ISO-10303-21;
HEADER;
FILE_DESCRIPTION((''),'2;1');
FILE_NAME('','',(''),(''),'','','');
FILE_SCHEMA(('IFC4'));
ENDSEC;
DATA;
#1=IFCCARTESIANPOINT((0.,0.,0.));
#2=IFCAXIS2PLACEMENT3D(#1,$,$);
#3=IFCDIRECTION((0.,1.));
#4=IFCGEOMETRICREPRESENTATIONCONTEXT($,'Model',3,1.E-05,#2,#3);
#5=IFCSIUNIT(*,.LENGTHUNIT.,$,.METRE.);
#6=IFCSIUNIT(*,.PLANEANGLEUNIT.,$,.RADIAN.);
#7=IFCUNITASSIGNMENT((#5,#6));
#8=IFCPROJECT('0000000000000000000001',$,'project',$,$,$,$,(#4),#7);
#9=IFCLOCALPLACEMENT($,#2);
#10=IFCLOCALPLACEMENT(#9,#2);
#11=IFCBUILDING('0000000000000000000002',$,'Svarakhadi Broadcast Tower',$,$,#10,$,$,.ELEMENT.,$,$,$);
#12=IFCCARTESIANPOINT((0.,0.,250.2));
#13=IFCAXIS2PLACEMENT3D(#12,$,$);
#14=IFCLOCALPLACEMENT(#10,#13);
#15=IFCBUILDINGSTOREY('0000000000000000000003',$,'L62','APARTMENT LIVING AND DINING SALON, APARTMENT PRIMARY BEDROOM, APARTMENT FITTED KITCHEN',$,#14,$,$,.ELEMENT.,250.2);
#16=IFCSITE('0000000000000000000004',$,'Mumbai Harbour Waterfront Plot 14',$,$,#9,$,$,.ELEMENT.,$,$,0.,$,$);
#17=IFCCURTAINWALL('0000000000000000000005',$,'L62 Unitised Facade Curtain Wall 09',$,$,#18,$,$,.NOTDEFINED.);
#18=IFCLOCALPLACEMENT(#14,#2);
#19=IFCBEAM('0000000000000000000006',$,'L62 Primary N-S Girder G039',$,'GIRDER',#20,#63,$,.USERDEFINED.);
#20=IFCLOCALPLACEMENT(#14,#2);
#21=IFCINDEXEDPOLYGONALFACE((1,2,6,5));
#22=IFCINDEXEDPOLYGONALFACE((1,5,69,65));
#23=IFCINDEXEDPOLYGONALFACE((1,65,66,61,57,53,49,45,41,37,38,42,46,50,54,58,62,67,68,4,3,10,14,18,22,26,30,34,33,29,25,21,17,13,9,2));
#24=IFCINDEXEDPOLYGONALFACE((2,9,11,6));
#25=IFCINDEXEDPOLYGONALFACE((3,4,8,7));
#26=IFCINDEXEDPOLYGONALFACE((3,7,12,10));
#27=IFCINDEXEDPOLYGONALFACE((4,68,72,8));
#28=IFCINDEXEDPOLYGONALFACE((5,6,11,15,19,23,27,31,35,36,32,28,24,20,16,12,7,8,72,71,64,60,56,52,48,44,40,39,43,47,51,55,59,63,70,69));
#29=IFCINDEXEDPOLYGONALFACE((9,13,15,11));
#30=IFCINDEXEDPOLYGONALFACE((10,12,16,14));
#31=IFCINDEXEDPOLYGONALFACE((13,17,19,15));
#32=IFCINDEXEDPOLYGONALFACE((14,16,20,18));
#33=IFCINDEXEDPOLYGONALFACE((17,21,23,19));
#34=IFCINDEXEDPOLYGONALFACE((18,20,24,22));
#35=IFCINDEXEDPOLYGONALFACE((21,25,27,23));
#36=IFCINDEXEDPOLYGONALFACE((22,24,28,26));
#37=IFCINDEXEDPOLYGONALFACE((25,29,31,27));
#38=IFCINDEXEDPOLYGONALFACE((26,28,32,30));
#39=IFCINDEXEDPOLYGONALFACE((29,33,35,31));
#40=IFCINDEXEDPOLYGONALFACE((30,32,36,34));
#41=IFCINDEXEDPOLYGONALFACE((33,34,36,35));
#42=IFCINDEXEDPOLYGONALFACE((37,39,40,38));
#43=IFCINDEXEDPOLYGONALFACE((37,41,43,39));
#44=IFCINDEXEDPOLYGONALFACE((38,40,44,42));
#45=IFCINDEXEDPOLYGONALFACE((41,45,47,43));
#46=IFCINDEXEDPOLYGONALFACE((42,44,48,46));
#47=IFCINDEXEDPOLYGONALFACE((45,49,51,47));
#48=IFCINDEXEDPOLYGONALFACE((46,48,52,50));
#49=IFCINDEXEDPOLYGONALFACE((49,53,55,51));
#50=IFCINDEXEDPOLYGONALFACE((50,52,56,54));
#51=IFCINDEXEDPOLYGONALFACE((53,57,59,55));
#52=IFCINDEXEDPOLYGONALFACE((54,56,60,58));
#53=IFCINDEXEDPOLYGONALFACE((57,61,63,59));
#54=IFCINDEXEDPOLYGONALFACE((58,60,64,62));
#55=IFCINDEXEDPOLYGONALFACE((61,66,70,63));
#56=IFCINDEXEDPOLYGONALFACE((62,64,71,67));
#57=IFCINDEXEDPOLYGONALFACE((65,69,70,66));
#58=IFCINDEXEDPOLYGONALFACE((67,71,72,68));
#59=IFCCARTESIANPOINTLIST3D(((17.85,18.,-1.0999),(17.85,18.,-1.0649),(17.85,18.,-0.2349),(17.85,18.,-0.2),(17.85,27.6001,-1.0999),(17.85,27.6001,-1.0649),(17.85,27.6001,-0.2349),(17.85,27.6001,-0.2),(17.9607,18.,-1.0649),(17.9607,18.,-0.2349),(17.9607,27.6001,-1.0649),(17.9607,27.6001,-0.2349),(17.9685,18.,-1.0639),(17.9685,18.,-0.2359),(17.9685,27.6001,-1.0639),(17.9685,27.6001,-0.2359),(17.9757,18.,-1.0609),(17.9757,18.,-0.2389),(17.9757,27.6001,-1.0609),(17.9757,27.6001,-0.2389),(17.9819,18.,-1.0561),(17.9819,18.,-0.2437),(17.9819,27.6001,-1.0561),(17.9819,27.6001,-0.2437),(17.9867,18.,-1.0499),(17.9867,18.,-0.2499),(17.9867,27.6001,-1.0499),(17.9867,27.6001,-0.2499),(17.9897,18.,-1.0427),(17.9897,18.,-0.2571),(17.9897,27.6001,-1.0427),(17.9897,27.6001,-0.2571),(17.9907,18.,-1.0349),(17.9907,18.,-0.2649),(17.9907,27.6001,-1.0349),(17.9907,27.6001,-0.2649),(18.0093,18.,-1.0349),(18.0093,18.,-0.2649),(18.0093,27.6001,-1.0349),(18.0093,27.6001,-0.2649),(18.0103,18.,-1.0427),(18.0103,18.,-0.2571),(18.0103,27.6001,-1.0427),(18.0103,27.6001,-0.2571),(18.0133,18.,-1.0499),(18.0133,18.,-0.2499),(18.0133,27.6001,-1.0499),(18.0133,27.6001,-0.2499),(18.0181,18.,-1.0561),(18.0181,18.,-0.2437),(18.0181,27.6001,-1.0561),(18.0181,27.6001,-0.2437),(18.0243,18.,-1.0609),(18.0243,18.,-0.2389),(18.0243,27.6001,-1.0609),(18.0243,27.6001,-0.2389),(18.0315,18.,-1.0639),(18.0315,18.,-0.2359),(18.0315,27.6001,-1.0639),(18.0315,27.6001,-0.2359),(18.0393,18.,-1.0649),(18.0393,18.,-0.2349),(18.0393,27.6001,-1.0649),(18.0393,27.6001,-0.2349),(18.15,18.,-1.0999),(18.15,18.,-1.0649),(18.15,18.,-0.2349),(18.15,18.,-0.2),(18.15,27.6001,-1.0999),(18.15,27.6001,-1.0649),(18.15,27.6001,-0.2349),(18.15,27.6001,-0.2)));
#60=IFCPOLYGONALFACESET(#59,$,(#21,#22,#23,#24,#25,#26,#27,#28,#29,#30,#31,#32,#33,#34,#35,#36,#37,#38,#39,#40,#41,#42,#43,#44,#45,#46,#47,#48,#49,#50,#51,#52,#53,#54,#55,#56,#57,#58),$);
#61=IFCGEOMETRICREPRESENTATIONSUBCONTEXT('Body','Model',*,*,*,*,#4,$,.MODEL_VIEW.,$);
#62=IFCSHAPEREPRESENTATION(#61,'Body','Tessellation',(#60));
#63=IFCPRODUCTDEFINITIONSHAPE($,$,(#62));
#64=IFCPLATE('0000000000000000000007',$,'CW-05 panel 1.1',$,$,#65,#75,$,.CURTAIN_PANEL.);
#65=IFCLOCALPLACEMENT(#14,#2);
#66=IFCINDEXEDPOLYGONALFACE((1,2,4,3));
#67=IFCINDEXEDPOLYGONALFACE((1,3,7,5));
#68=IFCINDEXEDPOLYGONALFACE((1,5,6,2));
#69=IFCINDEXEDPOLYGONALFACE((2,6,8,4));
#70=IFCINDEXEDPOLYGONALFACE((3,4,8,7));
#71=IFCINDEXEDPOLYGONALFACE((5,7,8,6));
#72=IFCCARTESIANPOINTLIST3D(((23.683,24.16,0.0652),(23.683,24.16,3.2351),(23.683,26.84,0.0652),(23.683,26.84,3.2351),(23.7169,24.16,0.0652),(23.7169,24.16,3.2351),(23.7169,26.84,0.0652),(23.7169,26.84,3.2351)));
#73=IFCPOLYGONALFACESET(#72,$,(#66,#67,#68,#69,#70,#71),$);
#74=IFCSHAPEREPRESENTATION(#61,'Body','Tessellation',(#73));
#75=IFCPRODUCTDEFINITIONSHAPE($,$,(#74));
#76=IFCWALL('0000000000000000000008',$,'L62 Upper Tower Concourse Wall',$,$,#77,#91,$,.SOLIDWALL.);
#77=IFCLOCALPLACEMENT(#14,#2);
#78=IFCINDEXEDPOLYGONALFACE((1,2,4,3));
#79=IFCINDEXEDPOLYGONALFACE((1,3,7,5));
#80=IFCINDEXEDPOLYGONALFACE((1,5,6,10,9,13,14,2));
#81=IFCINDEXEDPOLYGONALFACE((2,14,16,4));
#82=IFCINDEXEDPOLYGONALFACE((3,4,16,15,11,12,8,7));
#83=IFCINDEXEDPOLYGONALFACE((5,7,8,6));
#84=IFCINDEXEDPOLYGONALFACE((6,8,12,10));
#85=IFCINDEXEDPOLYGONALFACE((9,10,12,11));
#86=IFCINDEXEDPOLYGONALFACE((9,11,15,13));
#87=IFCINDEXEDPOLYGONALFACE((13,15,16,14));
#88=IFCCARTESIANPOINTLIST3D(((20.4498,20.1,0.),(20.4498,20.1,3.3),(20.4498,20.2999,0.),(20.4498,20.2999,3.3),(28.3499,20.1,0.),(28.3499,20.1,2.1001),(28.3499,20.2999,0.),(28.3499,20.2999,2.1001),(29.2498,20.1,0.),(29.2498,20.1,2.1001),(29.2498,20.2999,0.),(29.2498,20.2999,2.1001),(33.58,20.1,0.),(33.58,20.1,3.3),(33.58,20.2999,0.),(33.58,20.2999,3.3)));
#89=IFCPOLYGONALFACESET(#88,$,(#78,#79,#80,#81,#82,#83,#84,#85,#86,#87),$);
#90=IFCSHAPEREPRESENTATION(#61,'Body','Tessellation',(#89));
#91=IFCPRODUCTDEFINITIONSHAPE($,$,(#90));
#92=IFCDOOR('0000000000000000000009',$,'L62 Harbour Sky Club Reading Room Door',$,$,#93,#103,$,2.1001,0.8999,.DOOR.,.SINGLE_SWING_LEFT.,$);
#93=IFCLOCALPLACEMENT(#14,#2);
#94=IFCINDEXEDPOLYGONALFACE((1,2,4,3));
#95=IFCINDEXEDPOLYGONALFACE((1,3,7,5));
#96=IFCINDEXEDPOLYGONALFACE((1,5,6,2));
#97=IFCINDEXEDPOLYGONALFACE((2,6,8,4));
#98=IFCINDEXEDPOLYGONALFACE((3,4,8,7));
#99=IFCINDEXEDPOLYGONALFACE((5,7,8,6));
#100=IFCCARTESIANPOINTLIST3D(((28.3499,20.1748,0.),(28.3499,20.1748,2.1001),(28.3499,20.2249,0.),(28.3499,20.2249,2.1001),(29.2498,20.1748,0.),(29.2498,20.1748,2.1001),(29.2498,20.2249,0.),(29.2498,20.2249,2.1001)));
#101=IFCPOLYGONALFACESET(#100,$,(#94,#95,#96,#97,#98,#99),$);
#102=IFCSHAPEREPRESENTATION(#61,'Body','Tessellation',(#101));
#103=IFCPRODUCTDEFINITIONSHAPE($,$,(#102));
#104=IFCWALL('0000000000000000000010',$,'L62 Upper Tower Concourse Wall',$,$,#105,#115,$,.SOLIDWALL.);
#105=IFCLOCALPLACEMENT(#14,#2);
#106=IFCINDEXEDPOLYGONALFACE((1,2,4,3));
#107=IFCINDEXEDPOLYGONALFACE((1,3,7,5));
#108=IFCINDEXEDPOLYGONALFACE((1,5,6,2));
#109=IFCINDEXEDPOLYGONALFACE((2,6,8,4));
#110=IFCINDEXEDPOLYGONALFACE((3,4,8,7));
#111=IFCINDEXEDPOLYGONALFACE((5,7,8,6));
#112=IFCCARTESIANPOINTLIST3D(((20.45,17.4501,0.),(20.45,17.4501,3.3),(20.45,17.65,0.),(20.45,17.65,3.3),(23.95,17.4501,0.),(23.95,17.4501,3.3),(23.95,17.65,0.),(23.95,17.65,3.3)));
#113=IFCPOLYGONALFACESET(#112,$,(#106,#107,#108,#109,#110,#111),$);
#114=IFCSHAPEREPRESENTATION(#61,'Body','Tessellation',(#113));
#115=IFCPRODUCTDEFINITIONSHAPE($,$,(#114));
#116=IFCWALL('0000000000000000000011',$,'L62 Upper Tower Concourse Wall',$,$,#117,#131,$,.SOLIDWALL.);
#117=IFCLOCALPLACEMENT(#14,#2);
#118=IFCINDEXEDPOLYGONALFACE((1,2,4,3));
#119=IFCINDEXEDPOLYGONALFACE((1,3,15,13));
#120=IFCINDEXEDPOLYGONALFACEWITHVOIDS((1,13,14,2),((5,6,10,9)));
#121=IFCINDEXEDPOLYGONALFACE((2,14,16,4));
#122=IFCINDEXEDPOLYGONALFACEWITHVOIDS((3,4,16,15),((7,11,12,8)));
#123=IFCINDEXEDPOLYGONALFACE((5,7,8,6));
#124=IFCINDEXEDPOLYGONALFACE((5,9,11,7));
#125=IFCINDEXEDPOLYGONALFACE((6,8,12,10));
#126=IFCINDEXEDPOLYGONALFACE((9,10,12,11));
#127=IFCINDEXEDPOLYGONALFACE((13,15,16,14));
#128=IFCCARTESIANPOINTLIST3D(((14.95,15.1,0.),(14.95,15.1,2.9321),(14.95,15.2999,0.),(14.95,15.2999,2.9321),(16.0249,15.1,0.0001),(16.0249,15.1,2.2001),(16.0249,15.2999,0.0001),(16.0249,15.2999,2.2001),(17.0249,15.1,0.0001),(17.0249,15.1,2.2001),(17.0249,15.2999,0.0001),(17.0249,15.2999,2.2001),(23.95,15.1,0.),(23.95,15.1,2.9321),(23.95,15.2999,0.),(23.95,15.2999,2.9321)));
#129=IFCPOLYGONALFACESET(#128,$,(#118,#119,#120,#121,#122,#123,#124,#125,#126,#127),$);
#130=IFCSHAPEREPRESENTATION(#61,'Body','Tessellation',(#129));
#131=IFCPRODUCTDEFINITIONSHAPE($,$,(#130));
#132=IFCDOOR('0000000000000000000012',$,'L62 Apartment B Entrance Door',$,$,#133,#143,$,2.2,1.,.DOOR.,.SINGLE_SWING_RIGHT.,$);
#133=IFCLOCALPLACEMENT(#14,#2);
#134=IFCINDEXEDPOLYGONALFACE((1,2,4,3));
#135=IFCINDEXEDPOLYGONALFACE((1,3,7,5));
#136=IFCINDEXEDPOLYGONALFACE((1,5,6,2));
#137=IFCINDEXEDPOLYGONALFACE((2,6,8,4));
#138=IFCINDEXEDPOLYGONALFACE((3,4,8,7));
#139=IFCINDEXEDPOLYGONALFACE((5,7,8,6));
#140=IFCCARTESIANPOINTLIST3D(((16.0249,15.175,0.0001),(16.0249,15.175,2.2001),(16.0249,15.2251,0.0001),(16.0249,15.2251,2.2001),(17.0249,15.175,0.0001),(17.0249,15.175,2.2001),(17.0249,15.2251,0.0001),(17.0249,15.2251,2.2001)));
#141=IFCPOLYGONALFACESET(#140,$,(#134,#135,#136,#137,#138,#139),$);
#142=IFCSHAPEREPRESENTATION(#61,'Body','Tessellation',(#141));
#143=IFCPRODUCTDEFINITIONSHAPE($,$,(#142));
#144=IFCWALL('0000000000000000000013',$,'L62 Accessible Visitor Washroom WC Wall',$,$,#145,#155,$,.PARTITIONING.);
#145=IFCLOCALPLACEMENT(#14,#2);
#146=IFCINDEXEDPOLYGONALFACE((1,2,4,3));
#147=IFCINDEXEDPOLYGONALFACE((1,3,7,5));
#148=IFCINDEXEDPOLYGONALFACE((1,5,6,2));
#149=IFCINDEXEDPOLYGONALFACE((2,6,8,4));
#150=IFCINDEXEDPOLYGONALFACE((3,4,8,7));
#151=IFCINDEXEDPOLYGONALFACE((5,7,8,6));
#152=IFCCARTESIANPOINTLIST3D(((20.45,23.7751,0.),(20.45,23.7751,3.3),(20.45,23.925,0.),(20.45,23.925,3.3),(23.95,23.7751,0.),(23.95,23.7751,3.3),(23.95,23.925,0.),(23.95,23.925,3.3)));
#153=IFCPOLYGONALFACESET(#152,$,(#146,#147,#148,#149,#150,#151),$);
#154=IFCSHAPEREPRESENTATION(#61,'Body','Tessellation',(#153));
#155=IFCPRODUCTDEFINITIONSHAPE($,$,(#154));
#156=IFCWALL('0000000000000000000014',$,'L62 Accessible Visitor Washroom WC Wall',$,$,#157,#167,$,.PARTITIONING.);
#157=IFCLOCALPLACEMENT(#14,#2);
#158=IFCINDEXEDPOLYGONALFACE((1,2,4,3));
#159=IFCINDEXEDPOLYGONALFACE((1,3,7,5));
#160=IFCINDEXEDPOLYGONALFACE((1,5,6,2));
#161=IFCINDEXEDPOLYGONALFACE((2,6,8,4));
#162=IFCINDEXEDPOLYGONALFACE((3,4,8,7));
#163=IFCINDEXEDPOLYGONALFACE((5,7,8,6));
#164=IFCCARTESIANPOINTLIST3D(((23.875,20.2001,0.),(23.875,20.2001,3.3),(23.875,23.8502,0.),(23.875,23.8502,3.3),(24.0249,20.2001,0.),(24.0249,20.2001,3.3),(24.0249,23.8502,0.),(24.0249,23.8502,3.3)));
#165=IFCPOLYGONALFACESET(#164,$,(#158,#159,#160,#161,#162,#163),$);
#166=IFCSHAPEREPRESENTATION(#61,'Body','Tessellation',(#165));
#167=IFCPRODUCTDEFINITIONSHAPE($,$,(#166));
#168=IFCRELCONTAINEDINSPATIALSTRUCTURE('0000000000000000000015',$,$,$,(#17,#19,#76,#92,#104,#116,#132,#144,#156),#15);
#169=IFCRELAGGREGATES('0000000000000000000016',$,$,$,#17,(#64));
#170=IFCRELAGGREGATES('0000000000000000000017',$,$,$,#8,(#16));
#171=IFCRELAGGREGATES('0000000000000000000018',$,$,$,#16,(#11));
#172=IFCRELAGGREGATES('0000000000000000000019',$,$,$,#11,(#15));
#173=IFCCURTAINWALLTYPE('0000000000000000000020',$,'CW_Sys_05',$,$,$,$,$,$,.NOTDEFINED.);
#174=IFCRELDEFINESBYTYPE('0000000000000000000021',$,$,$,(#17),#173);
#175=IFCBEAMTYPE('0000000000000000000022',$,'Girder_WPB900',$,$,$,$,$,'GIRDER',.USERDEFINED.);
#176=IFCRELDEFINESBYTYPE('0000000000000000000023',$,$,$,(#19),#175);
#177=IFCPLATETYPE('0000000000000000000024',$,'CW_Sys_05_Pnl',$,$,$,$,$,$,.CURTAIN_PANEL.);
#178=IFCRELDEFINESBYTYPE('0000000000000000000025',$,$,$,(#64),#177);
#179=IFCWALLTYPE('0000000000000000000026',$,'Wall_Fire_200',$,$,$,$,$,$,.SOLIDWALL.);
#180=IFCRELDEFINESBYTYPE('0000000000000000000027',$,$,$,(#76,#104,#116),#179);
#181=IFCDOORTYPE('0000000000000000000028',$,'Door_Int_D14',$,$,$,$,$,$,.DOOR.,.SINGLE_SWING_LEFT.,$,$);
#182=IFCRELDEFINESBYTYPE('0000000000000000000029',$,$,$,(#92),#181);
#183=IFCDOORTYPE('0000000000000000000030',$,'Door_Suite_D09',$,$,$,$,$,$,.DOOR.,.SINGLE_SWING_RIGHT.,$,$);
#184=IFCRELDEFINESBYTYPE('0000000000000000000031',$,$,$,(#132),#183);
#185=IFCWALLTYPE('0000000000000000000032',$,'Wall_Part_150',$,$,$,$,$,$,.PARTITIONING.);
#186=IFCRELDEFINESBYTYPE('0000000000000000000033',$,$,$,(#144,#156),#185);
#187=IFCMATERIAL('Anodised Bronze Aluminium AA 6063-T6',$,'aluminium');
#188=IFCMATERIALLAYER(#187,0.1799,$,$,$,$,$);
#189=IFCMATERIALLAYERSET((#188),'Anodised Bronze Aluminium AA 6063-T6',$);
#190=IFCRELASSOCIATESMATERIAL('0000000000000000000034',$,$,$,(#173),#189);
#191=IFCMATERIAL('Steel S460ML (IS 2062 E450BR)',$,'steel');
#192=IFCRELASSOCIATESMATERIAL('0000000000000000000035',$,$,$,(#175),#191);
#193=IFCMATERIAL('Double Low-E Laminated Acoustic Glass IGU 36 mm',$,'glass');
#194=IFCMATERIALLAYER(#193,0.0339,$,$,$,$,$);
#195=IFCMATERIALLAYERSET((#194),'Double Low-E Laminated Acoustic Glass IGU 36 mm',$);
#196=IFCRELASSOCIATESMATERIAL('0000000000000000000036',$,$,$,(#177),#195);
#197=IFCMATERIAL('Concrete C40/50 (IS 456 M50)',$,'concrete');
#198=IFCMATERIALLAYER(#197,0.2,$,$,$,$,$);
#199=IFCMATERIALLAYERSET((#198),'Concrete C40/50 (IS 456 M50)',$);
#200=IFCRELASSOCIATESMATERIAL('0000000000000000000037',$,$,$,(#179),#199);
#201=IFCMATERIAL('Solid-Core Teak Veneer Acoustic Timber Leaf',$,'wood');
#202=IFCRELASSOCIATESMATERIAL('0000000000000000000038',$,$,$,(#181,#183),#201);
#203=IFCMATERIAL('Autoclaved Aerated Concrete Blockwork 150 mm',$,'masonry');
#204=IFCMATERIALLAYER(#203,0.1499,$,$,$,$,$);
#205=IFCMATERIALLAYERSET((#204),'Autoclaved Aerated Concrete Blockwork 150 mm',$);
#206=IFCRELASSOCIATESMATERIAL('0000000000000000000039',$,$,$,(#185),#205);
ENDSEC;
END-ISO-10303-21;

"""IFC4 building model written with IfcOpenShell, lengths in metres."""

from ifc_helpers import new_model, si_unit, direction, frame, frame_2d, origin, origin_2d, place, context, subcontext, project, spatial, rectangle, i_section, extrude, material, layer, layer_set, material_profile, profile_set, type_object, element, fill, aggregate, save


model = new_model("IFC4")

# Units and contexts
model_context = context("Model", 3, precision=1e-05, world=origin(), true_north=direction((0.0, 1.0)))
body_context = subcontext(model_context, "Body", "Model", "MODEL_VIEW")
ifc_project = project(units=[si_unit("LENGTHUNIT", "METRE"), si_unit("PLANEANGLEUNIT", "RADIAN")], contexts=[model_context])

# Site, building, storey
site_placement = place(None, origin())
site = spatial("IfcSite", under=ifc_project, at=site_placement, Name="Mumbai Harbour Waterfront Plot 14", CompositionType="ELEMENT", RefElevation=0.0)
building_placement = place(site_placement, origin())
building = spatial("IfcBuilding", under=site, at=building_placement, Name="Svarakhadi Broadcast Tower", CompositionType="ELEMENT")
storey_placement = place(building_placement, frame((0.0, 0.0, 250.2)))
storey = spatial("IfcBuildingStorey", under=building, at=storey_placement, Name="L62", Description="APARTMENT LIVING AND DINING SALON, APARTMENT PRIMARY BEDROOM, APARTMENT FITTED KITCHEN", CompositionType="ELEMENT", Elevation=250.2)

# Shared definitions
ifc_material_1 = material(Name="Steel S460ML (IS 2062 E450BR)", Category="steel")

# Curtain wall
ifc_material_2 = material(Name="Anodised Bronze Aluminium AA 6063-T6", Category="aluminium")
ifc_layer_1 = layer(ifc_material_2, 0.1799)
ifc_layer_set_1 = layer_set([ifc_layer_1], Name="Anodised Bronze Aluminium AA 6063-T6")
curtain_wall_type = type_object("IfcCurtainWallType", Name="CW_Sys_05", PredefinedType="NOTDEFINED", material=ifc_layer_set_1)
curtain_wall_1_placement = place(storey_placement, origin())
curtain_wall_1 = element("IfcCurtainWall", 1, at=curtain_wall_1_placement, inside=storey, type_object=curtain_wall_type, Name="L62 Unitised Facade Curtain Wall 09", PredefinedType="NOTDEFINED")

# Beam
ifc_material_profile_1 = material_profile(ifc_material_1, i_section(OverallWidth=0.3, OverallDepth=0.8999, WebThickness=0.0186, FlangeThickness=0.0349, FilletRadius=0.03, at=origin_2d()), Name="WPB 900x300x291")
ifc_profile_set_1 = profile_set([ifc_material_profile_1], Name="Steel S460ML (IS 2062 E450BR)")
beam_type_1 = type_object("IfcBeamType", Name="Girder_WPB900", ElementType="GIRDER", PredefinedType="USERDEFINED", material=ifc_profile_set_1)
beam_1_placement = place(storey_placement, frame((18.0, 18.0, -0.6499), z_axis=(0.0, 1.0, 0.0), x_axis=(-1.0, 0.0, 0.0)))
element("IfcBeam", 2, at=beam_1_placement, inside=storey, type_object=beam_type_1, Name="L62 Primary N-S Girder G039", ObjectType="GIRDER", PredefinedType="USERDEFINED", context=body_context, shape_type="SweptSolid", body=[
    extrude(i_section(OverallWidth=0.3, OverallDepth=0.8999, WebThickness=0.0186, FlangeThickness=0.0349, FilletRadius=0.03, at=origin_2d()), origin(), (0.0, 0.0, 1.0), 9.6001),
])

# Plate
ifc_material_3 = material(Name="Double Low-E Laminated Acoustic Glass IGU 36 mm", Category="glass")
ifc_layer_2 = layer(ifc_material_3, 0.0339)
ifc_layer_set_2 = layer_set([ifc_layer_2], Name="Double Low-E Laminated Acoustic Glass IGU 36 mm")
plate_type = type_object("IfcPlateType", Name="CW_Sys_05_Pnl", PredefinedType="CURTAIN_PANEL", material=ifc_layer_set_2)
plate_placement = place(storey_placement, frame((23.7, 25.5, 0.0652), z_axis=(0.0, 0.0, 1.0), x_axis=(0.0, -1.0, 0.0)))
plate = element("IfcPlate", 3, at=plate_placement, type_object=plate_type, Name="CW-05 panel 1.1", PredefinedType="CURTAIN_PANEL", context=body_context, shape_type="SweptSolid", body=[
    extrude(rectangle(XDim=2.6799, YDim=0.0339, at=origin_2d()), origin(), (0.0, 0.0, 1.0), 3.1699),
])
aggregate(curtain_wall_1, [plate])

# Wall, opening, door
ifc_material_4 = material(Name="Concrete C40/50 (IS 456 M50)", Category="concrete")
ifc_layer_3 = layer(ifc_material_4, 0.2)
ifc_layer_set_3 = layer_set([ifc_layer_3], Name="Concrete C40/50 (IS 456 M50)")
wall_type_1 = type_object("IfcWallType", Name="Wall_Fire_200", PredefinedType="SOLIDWALL", material=ifc_layer_set_3)
wall_1_placement = place(storey_placement, frame((20.45, 20.2, 0.0), z_axis=(0.0, 0.0, 1.0), x_axis=(1.0, 0.0, 0.0)))
wall_1 = element("IfcWall", 4, at=wall_1_placement, inside=storey, type_object=wall_type_1, Name="L62 Upper Tower Concourse Wall", PredefinedType="SOLIDWALL", context=body_context, shape_type="SweptSolid", body=[
    extrude(rectangle(XDim=13.1301, YDim=0.2, at=frame_2d((6.5649, 0.0))), origin(), (0.0, 0.0, 1.0), 3.3),
])
opening_1_placement = place(wall_1_placement, frame((7.8999, 0.0, 0.0)))
opening_1 = element("IfcOpeningElement", 5, at=opening_1_placement, cuts=wall_1, PredefinedType="OPENING", context=body_context, shape_type="SweptSolid", body=[
    extrude(rectangle(XDim=0.8999, YDim=2.1001, at=frame_2d((0.45, 1.05))), frame((0.0, 0.1099, 0.0), z_axis=(0.0, -1.0, 0.0), x_axis=(1.0, 0.0, 0.0)), (0.0, 0.0, 1.0), 0.22),
])
ifc_material_5 = material(Name="Solid-Core Teak Veneer Acoustic Timber Leaf", Category="wood")
door_type_1 = type_object("IfcDoorType", Name="Door_Int_D14", OperationType="SINGLE_SWING_LEFT", PredefinedType="DOOR", material=ifc_material_5)
door_1_placement = place(opening_1_placement, origin())
door_1 = element("IfcDoor", 6, at=door_1_placement, inside=storey, type_object=door_type_1, Name="L62 Harbour Sky Club Reading Room Door", OperationType="SINGLE_SWING_LEFT", OverallHeight=2.1001, OverallWidth=0.8999, PredefinedType="DOOR", context=body_context, shape_type="SweptSolid", body=[
    extrude(rectangle(XDim=0.8999, YDim=2.1001, at=frame_2d((0.45, 1.05))), frame((0.0, 0.0249, 0.0), z_axis=(0.0, -1.0, 0.0), x_axis=(1.0, 0.0, 0.0)), (0.0, 0.0, 1.0), 0.05),
])
fill(opening_1, door_1)

# Wall
wall_2_placement = place(storey_placement, frame((20.45, 17.55, 0.0), z_axis=(0.0, 0.0, 1.0), x_axis=(1.0, 0.0, 0.0)))
element("IfcWall", 7, at=wall_2_placement, inside=storey, type_object=wall_type_1, Name="L62 Upper Tower Concourse Wall", PredefinedType="SOLIDWALL", context=body_context, shape_type="SweptSolid", body=[
    extrude(rectangle(XDim=3.5, YDim=0.2, at=frame_2d((1.75, 0.0))), origin(), (0.0, 0.0, 1.0), 3.3),
])

# Wall, opening, door
wall_3_placement = place(storey_placement, frame((23.95, 15.2, 0.0), z_axis=(0.0, 0.0, 1.0), x_axis=(-1.0, 0.0, 0.0)))
wall_3 = element("IfcWall", 8, at=wall_3_placement, inside=storey, type_object=wall_type_1, Name="L62 Upper Tower Concourse Wall", PredefinedType="SOLIDWALL", context=body_context, shape_type="SweptSolid", body=[
    extrude(rectangle(XDim=9.0, YDim=0.2, at=frame_2d((4.5, 0.0))), origin(), (0.0, 0.0, 1.0), 2.9321),
])
opening_2_placement = place(wall_3_placement, frame((6.925, 0.0, 0.0)))
opening_2 = element("IfcOpeningElement", 9, at=opening_2_placement, cuts=wall_3, PredefinedType="OPENING", context=body_context, shape_type="SweptSolid", body=[
    extrude(rectangle(XDim=1.0, YDim=2.2, at=frame_2d((0.5, 1.1001))), frame((0.0, 0.1099, 0.0), z_axis=(0.0, -1.0, 0.0), x_axis=(1.0, 0.0, 0.0)), (0.0, 0.0, 1.0), 0.22),
])
door_type_2 = type_object("IfcDoorType", Name="Door_Suite_D09", OperationType="SINGLE_SWING_RIGHT", PredefinedType="DOOR", material=ifc_material_5)
door_2_placement = place(opening_2_placement, origin())
door_2 = element("IfcDoor", 10, at=door_2_placement, inside=storey, type_object=door_type_2, Name="L62 Apartment B Entrance Door", OperationType="SINGLE_SWING_RIGHT", OverallHeight=2.2, OverallWidth=1.0, PredefinedType="DOOR", context=body_context, shape_type="SweptSolid", body=[
    extrude(rectangle(XDim=1.0, YDim=2.2, at=frame_2d((0.5, 1.1001))), frame((0.0, 0.0249, 0.0), z_axis=(0.0, -1.0, 0.0), x_axis=(1.0, 0.0, 0.0)), (0.0, 0.0, 1.0), 0.05),
])
fill(opening_2, door_2)
ifc_material_6 = material(Name="Autoclaved Aerated Concrete Blockwork 150 mm", Category="masonry")
ifc_layer_4 = layer(ifc_material_6, 0.1499)
ifc_layer_set_4 = layer_set([ifc_layer_4], Name="Autoclaved Aerated Concrete Blockwork 150 mm")
wall_type_2 = type_object("IfcWallType", Name="Wall_Part_150", PredefinedType="PARTITIONING", material=ifc_layer_set_4)

# Walls
wall_4_placement = place(storey_placement, frame((20.45, 23.8501, 0.0), z_axis=(0.0, 0.0, 1.0), x_axis=(1.0, 0.0, 0.0)))
element("IfcWall", 11, at=wall_4_placement, inside=storey, type_object=wall_type_2, Name="L62 Accessible Visitor Washroom WC Wall", PredefinedType="PARTITIONING", context=body_context, shape_type="SweptSolid", body=[
    extrude(rectangle(XDim=3.5, YDim=0.1499, at=frame_2d((1.75, 0.0))), origin(), (0.0, 0.0, 1.0), 3.3),
])
wall_5_placement = place(storey_placement, frame((23.95, 20.2, 0.0), z_axis=(0.0, 0.0, 1.0), x_axis=(0.0, 1.0, 0.0)))
element("IfcWall", 12, at=wall_5_placement, inside=storey, type_object=wall_type_2, Name="L62 Accessible Visitor Washroom WC Wall", PredefinedType="PARTITIONING", context=body_context, shape_type="SweptSolid", body=[
    extrude(rectangle(XDim=3.6501, YDim=0.1499, at=frame_2d((1.8252, 0.0))), origin(), (0.0, 0.0, 1.0), 3.3),
])

save(model, "model.ifc")
